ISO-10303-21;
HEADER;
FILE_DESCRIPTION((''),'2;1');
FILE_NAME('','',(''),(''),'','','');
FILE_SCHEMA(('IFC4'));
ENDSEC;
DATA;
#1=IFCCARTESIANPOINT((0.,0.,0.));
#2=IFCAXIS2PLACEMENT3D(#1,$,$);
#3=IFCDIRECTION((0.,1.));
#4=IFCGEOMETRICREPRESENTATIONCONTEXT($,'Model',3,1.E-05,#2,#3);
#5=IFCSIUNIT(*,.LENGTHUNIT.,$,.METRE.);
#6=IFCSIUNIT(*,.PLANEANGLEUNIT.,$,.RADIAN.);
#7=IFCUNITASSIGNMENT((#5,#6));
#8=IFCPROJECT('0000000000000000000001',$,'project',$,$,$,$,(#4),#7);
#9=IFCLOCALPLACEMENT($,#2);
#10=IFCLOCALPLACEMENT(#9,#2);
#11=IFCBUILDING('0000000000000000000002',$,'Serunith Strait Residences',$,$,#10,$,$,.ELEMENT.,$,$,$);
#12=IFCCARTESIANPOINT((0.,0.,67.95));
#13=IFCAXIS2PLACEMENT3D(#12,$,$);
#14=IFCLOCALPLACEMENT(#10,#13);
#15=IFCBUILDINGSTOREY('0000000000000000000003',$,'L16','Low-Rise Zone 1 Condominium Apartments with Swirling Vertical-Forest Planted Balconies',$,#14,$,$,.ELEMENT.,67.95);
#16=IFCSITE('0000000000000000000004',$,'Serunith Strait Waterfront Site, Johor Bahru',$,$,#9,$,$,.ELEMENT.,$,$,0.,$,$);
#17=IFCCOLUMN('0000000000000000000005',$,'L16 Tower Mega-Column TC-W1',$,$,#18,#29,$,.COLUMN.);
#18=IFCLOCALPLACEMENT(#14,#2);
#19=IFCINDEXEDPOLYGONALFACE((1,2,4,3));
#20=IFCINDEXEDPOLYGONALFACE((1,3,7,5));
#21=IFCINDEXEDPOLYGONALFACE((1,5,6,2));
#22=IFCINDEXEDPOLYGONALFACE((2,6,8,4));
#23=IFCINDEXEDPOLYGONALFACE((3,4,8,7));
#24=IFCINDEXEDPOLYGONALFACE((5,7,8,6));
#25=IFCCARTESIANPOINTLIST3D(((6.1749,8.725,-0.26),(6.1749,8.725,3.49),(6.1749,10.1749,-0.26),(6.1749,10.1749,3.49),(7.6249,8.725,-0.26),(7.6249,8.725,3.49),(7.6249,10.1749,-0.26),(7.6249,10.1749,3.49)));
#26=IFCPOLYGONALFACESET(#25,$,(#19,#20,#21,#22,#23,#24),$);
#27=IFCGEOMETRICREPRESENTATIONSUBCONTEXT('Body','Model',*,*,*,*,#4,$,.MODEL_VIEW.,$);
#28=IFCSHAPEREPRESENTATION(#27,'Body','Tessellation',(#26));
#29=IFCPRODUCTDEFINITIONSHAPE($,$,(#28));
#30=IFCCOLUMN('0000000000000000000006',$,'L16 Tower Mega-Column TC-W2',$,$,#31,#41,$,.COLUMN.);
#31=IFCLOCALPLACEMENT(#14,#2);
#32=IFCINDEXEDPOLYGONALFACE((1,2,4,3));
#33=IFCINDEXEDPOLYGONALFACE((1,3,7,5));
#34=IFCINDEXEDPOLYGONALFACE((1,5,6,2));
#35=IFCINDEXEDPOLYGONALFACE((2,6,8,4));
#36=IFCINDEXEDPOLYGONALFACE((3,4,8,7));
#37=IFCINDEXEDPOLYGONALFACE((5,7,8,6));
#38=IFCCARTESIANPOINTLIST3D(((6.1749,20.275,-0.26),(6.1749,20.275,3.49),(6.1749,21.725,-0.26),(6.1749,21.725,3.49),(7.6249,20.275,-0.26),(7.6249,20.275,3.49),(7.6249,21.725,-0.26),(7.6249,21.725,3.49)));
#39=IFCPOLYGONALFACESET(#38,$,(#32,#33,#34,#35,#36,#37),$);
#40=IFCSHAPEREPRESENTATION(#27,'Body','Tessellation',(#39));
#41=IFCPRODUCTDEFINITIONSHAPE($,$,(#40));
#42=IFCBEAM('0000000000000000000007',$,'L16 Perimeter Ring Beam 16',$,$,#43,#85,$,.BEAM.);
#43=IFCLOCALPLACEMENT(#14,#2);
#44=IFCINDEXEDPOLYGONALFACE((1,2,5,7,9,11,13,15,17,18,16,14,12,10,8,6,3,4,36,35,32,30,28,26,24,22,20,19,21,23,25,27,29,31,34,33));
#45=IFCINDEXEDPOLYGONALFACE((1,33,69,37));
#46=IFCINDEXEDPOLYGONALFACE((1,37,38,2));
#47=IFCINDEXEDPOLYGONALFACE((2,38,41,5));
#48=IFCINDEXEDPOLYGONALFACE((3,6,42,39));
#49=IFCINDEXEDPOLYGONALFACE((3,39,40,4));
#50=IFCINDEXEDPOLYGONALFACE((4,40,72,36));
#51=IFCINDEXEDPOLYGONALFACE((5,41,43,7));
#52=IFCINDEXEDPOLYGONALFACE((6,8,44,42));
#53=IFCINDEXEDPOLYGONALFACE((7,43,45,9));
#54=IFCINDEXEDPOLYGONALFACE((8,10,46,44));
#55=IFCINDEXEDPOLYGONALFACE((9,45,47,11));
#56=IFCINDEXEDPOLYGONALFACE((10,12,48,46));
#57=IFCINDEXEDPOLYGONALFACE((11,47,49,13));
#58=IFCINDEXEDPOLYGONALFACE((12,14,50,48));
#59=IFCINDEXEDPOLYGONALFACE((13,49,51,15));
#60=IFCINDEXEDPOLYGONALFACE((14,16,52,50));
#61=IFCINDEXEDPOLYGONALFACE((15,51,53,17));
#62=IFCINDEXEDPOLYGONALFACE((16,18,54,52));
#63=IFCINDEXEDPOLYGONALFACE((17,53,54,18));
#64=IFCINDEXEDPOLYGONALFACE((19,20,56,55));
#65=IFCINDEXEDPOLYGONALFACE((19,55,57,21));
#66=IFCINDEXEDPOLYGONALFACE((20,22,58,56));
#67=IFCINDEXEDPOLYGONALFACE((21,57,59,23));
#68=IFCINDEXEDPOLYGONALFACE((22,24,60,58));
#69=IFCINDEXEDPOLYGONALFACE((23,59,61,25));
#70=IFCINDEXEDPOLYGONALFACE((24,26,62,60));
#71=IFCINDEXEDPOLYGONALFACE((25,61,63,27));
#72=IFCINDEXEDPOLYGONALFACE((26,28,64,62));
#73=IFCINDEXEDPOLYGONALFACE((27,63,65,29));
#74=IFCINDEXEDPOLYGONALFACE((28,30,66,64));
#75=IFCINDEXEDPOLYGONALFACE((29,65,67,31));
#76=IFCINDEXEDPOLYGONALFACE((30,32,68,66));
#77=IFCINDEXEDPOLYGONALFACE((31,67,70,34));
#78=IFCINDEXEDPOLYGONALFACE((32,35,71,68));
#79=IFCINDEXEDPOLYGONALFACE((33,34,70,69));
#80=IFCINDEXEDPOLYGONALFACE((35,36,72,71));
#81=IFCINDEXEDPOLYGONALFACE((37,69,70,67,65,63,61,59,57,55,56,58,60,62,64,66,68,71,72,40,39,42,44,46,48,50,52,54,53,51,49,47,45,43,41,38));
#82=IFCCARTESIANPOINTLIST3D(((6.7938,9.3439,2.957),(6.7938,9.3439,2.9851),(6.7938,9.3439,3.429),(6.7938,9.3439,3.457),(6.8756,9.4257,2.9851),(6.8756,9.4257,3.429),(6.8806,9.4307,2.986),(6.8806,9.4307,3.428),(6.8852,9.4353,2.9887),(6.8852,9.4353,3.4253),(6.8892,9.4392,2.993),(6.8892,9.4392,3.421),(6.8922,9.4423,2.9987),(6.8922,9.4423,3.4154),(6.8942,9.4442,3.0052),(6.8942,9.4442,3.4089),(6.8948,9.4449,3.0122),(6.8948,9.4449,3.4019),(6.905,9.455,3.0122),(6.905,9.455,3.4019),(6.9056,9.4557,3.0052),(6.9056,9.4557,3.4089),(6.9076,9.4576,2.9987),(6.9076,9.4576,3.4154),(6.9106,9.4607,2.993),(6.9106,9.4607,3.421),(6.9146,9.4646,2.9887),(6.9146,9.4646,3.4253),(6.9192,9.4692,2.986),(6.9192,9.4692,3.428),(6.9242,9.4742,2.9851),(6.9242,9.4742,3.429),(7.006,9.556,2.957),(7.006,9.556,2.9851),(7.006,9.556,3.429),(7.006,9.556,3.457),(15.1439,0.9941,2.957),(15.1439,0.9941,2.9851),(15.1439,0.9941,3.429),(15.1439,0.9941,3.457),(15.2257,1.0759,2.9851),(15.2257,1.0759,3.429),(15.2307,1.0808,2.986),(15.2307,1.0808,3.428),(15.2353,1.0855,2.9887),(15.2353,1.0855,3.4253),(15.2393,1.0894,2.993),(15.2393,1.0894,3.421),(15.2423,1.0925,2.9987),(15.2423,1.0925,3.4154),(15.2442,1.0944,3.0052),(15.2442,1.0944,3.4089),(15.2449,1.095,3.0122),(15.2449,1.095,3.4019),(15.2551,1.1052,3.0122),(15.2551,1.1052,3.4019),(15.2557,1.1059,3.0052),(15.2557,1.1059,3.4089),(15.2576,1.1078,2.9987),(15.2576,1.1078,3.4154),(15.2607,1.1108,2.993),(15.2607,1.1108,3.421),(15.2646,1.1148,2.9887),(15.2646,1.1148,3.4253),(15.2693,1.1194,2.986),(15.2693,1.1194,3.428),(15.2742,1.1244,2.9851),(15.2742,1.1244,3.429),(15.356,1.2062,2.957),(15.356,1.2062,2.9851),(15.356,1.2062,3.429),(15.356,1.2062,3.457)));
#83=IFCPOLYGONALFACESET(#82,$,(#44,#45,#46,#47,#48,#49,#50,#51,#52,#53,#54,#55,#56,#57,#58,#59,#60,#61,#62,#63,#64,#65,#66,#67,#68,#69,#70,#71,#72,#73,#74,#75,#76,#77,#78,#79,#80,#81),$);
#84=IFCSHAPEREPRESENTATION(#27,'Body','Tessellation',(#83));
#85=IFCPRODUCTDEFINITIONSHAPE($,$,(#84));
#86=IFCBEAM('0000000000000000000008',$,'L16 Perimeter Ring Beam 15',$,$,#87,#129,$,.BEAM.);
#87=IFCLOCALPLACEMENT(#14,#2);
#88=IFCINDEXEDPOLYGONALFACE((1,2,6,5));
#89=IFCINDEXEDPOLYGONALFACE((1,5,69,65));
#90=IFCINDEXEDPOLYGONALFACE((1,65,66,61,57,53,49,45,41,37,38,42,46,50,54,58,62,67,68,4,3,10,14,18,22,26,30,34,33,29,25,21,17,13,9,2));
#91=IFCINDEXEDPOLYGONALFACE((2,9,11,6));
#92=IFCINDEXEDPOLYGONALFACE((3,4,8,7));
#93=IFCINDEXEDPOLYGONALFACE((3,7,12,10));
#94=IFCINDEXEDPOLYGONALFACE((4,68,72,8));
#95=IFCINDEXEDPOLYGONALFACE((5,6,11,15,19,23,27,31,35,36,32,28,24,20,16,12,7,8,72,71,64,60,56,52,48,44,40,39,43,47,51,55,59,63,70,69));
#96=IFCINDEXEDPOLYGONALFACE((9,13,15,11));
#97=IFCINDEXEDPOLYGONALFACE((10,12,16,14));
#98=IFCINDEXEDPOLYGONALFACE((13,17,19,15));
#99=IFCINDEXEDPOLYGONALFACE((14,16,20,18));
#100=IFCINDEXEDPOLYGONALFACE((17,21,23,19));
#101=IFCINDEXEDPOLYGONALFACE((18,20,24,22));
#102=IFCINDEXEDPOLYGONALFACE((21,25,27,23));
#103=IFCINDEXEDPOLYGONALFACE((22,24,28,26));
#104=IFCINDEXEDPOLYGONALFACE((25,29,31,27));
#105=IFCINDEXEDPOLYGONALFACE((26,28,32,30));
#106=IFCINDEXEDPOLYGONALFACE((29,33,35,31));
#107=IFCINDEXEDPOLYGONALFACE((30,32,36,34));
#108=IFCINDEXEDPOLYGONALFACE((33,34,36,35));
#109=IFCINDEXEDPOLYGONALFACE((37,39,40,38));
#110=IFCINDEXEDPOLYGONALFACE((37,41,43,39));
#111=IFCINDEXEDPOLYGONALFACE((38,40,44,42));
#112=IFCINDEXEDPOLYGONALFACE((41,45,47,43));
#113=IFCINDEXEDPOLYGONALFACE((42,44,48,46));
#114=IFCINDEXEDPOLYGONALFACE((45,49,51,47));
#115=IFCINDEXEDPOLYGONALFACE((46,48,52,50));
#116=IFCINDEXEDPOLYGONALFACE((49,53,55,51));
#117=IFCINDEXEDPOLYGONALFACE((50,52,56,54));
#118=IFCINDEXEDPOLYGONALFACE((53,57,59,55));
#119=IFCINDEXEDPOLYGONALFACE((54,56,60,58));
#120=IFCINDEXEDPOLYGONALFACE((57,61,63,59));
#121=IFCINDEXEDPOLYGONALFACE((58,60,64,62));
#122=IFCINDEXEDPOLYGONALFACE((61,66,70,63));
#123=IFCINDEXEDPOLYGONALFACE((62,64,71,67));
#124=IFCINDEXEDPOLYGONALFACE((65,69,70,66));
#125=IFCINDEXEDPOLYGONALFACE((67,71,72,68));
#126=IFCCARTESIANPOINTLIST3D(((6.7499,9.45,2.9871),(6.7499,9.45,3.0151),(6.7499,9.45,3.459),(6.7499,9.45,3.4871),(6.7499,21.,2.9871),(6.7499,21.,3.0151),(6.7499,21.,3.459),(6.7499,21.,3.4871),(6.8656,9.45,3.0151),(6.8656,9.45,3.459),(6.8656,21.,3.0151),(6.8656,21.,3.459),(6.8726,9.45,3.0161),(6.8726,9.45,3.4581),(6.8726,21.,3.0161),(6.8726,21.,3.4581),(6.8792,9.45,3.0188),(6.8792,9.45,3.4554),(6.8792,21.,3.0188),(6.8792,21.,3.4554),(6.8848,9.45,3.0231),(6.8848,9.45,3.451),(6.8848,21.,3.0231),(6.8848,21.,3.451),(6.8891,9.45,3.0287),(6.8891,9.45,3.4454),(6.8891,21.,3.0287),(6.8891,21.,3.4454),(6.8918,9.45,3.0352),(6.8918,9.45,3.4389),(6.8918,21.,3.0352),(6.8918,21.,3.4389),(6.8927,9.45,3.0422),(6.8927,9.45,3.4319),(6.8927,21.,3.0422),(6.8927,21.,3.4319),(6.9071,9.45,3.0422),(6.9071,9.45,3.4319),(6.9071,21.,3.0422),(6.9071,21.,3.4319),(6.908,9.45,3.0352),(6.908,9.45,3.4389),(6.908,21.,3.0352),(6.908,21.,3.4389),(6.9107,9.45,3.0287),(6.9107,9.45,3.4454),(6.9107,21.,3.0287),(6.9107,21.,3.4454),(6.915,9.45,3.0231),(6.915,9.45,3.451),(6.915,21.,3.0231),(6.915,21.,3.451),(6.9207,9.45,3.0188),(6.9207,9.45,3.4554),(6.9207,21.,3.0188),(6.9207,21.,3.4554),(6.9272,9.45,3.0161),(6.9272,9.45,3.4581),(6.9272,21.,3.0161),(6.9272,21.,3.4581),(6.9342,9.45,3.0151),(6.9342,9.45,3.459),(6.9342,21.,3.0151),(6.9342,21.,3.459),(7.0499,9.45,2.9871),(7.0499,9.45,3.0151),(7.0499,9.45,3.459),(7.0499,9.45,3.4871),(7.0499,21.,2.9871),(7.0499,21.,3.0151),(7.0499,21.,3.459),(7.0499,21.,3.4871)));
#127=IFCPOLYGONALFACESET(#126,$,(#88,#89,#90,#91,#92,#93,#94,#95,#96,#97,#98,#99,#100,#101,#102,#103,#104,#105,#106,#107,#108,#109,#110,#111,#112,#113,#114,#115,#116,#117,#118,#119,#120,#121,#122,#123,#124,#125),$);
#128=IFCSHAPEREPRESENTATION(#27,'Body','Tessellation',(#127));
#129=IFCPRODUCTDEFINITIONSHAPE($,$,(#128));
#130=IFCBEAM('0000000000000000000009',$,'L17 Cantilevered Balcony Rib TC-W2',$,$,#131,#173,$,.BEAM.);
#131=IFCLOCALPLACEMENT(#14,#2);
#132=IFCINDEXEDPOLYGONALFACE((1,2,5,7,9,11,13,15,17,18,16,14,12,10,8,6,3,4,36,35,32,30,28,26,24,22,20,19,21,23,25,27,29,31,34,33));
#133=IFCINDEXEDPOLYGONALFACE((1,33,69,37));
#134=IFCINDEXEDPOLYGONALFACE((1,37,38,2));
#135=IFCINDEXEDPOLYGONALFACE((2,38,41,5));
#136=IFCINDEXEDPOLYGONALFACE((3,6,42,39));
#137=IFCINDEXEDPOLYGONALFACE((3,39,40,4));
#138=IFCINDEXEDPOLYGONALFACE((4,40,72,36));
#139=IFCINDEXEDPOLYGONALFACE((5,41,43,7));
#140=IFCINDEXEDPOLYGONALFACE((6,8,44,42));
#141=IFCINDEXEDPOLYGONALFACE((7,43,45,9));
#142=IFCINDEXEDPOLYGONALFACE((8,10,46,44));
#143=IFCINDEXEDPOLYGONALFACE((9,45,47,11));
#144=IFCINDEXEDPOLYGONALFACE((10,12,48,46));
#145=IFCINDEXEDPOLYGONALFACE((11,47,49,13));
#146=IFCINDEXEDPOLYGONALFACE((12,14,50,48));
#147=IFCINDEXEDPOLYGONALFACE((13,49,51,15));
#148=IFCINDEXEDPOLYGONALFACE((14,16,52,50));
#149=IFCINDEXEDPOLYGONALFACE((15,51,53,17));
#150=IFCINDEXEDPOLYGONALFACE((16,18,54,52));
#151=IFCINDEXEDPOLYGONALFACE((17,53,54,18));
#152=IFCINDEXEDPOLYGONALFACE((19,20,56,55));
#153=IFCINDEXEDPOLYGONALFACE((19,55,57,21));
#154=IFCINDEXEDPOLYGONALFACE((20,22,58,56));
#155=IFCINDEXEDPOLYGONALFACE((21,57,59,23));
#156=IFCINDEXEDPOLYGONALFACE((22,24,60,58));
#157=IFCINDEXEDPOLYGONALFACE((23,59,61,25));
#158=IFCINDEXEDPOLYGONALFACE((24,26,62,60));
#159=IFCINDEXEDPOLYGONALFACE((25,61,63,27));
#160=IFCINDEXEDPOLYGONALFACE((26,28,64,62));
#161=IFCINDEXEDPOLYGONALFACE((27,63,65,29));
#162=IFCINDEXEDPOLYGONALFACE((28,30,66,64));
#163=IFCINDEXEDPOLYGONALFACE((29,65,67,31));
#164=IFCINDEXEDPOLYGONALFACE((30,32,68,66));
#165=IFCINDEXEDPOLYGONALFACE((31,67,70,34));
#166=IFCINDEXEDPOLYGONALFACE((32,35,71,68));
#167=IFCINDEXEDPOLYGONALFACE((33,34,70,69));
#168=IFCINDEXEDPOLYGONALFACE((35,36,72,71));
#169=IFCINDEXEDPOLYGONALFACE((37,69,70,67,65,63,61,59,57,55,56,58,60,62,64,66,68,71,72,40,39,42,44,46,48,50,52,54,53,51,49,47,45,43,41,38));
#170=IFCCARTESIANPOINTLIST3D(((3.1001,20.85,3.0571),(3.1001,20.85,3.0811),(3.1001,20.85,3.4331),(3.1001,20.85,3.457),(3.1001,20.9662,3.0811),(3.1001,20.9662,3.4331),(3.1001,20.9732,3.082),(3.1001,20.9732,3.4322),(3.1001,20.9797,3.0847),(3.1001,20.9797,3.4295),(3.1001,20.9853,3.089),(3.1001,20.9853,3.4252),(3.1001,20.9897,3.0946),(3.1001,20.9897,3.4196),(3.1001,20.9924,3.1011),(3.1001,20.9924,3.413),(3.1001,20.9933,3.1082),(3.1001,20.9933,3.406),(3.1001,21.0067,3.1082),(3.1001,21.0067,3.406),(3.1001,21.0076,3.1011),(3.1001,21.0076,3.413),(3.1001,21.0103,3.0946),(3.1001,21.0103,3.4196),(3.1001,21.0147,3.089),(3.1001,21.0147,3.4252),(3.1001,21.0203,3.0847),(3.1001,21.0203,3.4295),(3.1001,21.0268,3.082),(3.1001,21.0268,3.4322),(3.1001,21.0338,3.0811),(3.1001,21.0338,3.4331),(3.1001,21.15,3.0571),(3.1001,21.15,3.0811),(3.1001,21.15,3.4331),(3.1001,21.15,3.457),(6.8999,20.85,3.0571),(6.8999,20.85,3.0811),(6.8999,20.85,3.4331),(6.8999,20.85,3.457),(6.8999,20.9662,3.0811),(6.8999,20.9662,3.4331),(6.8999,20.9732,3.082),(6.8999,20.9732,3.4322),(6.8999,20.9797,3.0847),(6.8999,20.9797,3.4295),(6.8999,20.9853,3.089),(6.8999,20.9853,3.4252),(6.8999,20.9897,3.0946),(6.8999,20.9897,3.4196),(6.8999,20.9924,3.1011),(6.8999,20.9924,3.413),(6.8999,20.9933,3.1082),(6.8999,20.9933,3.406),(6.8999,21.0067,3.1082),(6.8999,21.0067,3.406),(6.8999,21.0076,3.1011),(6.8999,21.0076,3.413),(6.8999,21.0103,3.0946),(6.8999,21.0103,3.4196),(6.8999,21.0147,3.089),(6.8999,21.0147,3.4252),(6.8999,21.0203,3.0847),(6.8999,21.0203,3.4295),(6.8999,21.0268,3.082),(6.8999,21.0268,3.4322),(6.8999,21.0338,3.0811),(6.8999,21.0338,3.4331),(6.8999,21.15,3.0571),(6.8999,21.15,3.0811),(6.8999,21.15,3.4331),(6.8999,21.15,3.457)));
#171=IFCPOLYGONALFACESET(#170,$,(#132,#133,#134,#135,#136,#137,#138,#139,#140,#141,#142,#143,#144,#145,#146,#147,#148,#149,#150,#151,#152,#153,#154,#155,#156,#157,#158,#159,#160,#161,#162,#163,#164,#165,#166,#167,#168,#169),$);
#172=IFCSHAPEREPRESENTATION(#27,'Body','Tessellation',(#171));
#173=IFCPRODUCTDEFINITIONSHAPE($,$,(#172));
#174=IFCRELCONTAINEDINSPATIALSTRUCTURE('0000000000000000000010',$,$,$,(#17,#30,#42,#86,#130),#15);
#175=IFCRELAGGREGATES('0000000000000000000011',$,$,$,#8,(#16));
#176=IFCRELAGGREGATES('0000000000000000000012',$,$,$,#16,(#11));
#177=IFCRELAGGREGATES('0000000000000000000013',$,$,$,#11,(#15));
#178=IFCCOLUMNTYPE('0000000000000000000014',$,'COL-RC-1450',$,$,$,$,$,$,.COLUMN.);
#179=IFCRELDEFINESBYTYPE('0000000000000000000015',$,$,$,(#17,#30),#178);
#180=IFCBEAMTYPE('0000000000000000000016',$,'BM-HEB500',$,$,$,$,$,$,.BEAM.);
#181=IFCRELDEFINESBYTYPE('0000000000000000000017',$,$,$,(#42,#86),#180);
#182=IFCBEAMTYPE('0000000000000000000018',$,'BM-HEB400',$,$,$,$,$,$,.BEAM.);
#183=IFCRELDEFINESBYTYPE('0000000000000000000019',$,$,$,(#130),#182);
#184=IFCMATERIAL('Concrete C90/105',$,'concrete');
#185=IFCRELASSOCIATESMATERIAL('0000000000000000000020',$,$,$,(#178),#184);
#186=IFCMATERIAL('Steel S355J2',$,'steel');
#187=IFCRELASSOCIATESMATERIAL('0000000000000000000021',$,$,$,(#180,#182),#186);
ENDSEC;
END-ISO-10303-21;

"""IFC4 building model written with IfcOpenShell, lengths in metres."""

from ifc_helpers import new_model, si_unit, direction, frame, origin, origin_2d, place, context, subcontext, project, spatial, rectangle, i_section, extrude, source, transform, mapped, material, material_profile, profile_set, type_object, element, save


model = new_model("IFC4")

# Units and contexts
model_context = context("Model", 3, precision=1e-05, world=origin(), true_north=direction((0.0, 1.0)))
body_context = subcontext(model_context, "Body", "Model", "MODEL_VIEW")
ifc_project = project(units=[si_unit("LENGTHUNIT", "METRE"), si_unit("PLANEANGLEUNIT", "RADIAN")], contexts=[model_context])

# Site, building, storey
site_placement = place(None, origin())
site = spatial("IfcSite", under=ifc_project, at=site_placement, Name="Serunith Strait Waterfront Site, Johor Bahru", CompositionType="ELEMENT", RefElevation=0.0)
building_placement = place(site_placement, origin())
building = spatial("IfcBuilding", under=site, at=building_placement, Name="Serunith Strait Residences", CompositionType="ELEMENT")
storey_placement = place(building_placement, frame((0.0, 0.0, 67.95)))
storey = spatial("IfcBuildingStorey", under=building, at=storey_placement, Name="L16", Description="Low-Rise Zone 1 Condominium Apartments with Swirling Vertical-Forest Planted Balconies", CompositionType="ELEMENT", Elevation=67.95)

# Columns
ifc_material_1 = material(Name="Concrete C90/105", Category="concrete")
ifc_material_profile_1 = material_profile(ifc_material_1, rectangle(XDim=1.45, YDim=1.45, at=origin_2d()), Name="RC 1450x1450")
ifc_profile_set_1 = profile_set([ifc_material_profile_1], Name="Concrete C90/105")
column_type = type_object("IfcColumnType", Name="COL-RC-1450", PredefinedType="COLUMN", material=ifc_profile_set_1)
shared_shape_1 = source(origin(), body_context, "Body", "SweptSolid", [
    extrude(rectangle(XDim=1.45, YDim=1.45, at=origin_2d()), origin(), (0.0, 0.0, 1.0), 3.75),
])
for number, where, z_axis, x_axis, name in (
    (1, (6.8999, 9.45, -0.26), (0.0, 0.0, 1.0), (1.0, 0.0, 0.0), "L16 Tower Mega-Column TC-W1"),
    (2, (6.8999, 21.0, -0.26), (0.0, 0.0, 1.0), (1.0, 0.0, 0.0), "L16 Tower Mega-Column TC-W2"),
):
    element("IfcColumn", number, at=place(storey_placement, frame(where, z_axis=z_axis, x_axis=x_axis)), inside=storey, type_object=column_type, Name=name, PredefinedType="COLUMN", context=body_context, shape_type="MappedRepresentation", body=[
        mapped(shared_shape_1, transform((0.0, 0.0, 0.0), scale=1.0)),
    ])

# Beams
ifc_material_2 = material(Name="Steel S355J2", Category="steel")
ifc_material_profile_2 = material_profile(ifc_material_2, i_section(OverallWidth=0.3, OverallDepth=0.5, WebThickness=0.0144, FlangeThickness=0.0281, FilletRadius=0.0271, at=origin_2d()), Name="HEB 500")
ifc_profile_set_2 = profile_set([ifc_material_profile_2], Name="Steel S355J2")
beam_type_1 = type_object("IfcBeamType", Name="BM-HEB500", PredefinedType="BEAM", material=ifc_profile_set_2)
shared_shape_2 = source(origin(), body_context, "Body", "SweptSolid", [
    extrude(i_section(OverallWidth=0.3, OverallDepth=0.5, WebThickness=0.0144, FlangeThickness=0.0281, FilletRadius=0.0271, at=origin_2d()), origin(), (0.0, 0.0, 1.0), 11.8086),
])
beam_1_placement = place(storey_placement, frame((6.8999, 9.45, 3.207), z_axis=(0.707117, -0.707096, 0.0), x_axis=(0.707096, 0.707117, 0.0)))
element("IfcBeam", 3, at=beam_1_placement, inside=storey, type_object=beam_type_1, Name="L16 Perimeter Ring Beam 16", PredefinedType="BEAM", context=body_context, shape_type="MappedRepresentation", body=[
    mapped(shared_shape_2, transform((0.0, 0.0, 0.0), scale=1.0)),
])
shared_shape_3 = source(origin(), body_context, "Body", "SweptSolid", [
    extrude(i_section(OverallWidth=0.3, OverallDepth=0.5, WebThickness=0.0144, FlangeThickness=0.0281, FilletRadius=0.0271, at=origin_2d()), origin(), (0.0, 0.0, 1.0), 11.55),
])
beam_2_placement = place(storey_placement, frame((6.8999, 21.0, 3.2371), z_axis=(0.0, -1.0, 0.0), x_axis=(1.0, 0.0, 0.0)))
element("IfcBeam", 4, at=beam_2_placement, inside=storey, type_object=beam_type_1, Name="L16 Perimeter Ring Beam 15", PredefinedType="BEAM", context=body_context, shape_type="MappedRepresentation", body=[
    mapped(shared_shape_3, transform((0.0, 0.0, 0.0), scale=1.0)),
])
ifc_material_profile_3 = material_profile(ifc_material_2, i_section(OverallWidth=0.3, OverallDepth=0.3999, WebThickness=0.0134, FlangeThickness=0.0239, FilletRadius=0.0271, at=origin_2d()), Name="HEB 400")
ifc_profile_set_3 = profile_set([ifc_material_profile_3], Name="Steel S355J2")
beam_type_2 = type_object("IfcBeamType", Name="BM-HEB400", PredefinedType="BEAM", material=ifc_profile_set_3)
shared_shape_4 = source(origin(), body_context, "Body", "SweptSolid", [
    extrude(i_section(OverallWidth=0.3, OverallDepth=0.3999, WebThickness=0.0134, FlangeThickness=0.0239, FilletRadius=0.0271, at=origin_2d()), origin(), (0.0, 0.0, 1.0), 3.7998),
])
beam_3_placement = place(storey_placement, frame((6.8999, 21.0, 3.2571), z_axis=(-1.0, 0.0, 0.0), x_axis=(0.0, -1.0, 0.0)))
element("IfcBeam", 5, at=beam_3_placement, inside=storey, type_object=beam_type_2, Name="L17 Cantilevered Balcony Rib TC-W2", PredefinedType="BEAM", context=body_context, shape_type="MappedRepresentation", body=[
    mapped(shared_shape_4, transform((0.0, 0.0, 0.0), scale=1.0)),
])

save(model, "model.ifc")
